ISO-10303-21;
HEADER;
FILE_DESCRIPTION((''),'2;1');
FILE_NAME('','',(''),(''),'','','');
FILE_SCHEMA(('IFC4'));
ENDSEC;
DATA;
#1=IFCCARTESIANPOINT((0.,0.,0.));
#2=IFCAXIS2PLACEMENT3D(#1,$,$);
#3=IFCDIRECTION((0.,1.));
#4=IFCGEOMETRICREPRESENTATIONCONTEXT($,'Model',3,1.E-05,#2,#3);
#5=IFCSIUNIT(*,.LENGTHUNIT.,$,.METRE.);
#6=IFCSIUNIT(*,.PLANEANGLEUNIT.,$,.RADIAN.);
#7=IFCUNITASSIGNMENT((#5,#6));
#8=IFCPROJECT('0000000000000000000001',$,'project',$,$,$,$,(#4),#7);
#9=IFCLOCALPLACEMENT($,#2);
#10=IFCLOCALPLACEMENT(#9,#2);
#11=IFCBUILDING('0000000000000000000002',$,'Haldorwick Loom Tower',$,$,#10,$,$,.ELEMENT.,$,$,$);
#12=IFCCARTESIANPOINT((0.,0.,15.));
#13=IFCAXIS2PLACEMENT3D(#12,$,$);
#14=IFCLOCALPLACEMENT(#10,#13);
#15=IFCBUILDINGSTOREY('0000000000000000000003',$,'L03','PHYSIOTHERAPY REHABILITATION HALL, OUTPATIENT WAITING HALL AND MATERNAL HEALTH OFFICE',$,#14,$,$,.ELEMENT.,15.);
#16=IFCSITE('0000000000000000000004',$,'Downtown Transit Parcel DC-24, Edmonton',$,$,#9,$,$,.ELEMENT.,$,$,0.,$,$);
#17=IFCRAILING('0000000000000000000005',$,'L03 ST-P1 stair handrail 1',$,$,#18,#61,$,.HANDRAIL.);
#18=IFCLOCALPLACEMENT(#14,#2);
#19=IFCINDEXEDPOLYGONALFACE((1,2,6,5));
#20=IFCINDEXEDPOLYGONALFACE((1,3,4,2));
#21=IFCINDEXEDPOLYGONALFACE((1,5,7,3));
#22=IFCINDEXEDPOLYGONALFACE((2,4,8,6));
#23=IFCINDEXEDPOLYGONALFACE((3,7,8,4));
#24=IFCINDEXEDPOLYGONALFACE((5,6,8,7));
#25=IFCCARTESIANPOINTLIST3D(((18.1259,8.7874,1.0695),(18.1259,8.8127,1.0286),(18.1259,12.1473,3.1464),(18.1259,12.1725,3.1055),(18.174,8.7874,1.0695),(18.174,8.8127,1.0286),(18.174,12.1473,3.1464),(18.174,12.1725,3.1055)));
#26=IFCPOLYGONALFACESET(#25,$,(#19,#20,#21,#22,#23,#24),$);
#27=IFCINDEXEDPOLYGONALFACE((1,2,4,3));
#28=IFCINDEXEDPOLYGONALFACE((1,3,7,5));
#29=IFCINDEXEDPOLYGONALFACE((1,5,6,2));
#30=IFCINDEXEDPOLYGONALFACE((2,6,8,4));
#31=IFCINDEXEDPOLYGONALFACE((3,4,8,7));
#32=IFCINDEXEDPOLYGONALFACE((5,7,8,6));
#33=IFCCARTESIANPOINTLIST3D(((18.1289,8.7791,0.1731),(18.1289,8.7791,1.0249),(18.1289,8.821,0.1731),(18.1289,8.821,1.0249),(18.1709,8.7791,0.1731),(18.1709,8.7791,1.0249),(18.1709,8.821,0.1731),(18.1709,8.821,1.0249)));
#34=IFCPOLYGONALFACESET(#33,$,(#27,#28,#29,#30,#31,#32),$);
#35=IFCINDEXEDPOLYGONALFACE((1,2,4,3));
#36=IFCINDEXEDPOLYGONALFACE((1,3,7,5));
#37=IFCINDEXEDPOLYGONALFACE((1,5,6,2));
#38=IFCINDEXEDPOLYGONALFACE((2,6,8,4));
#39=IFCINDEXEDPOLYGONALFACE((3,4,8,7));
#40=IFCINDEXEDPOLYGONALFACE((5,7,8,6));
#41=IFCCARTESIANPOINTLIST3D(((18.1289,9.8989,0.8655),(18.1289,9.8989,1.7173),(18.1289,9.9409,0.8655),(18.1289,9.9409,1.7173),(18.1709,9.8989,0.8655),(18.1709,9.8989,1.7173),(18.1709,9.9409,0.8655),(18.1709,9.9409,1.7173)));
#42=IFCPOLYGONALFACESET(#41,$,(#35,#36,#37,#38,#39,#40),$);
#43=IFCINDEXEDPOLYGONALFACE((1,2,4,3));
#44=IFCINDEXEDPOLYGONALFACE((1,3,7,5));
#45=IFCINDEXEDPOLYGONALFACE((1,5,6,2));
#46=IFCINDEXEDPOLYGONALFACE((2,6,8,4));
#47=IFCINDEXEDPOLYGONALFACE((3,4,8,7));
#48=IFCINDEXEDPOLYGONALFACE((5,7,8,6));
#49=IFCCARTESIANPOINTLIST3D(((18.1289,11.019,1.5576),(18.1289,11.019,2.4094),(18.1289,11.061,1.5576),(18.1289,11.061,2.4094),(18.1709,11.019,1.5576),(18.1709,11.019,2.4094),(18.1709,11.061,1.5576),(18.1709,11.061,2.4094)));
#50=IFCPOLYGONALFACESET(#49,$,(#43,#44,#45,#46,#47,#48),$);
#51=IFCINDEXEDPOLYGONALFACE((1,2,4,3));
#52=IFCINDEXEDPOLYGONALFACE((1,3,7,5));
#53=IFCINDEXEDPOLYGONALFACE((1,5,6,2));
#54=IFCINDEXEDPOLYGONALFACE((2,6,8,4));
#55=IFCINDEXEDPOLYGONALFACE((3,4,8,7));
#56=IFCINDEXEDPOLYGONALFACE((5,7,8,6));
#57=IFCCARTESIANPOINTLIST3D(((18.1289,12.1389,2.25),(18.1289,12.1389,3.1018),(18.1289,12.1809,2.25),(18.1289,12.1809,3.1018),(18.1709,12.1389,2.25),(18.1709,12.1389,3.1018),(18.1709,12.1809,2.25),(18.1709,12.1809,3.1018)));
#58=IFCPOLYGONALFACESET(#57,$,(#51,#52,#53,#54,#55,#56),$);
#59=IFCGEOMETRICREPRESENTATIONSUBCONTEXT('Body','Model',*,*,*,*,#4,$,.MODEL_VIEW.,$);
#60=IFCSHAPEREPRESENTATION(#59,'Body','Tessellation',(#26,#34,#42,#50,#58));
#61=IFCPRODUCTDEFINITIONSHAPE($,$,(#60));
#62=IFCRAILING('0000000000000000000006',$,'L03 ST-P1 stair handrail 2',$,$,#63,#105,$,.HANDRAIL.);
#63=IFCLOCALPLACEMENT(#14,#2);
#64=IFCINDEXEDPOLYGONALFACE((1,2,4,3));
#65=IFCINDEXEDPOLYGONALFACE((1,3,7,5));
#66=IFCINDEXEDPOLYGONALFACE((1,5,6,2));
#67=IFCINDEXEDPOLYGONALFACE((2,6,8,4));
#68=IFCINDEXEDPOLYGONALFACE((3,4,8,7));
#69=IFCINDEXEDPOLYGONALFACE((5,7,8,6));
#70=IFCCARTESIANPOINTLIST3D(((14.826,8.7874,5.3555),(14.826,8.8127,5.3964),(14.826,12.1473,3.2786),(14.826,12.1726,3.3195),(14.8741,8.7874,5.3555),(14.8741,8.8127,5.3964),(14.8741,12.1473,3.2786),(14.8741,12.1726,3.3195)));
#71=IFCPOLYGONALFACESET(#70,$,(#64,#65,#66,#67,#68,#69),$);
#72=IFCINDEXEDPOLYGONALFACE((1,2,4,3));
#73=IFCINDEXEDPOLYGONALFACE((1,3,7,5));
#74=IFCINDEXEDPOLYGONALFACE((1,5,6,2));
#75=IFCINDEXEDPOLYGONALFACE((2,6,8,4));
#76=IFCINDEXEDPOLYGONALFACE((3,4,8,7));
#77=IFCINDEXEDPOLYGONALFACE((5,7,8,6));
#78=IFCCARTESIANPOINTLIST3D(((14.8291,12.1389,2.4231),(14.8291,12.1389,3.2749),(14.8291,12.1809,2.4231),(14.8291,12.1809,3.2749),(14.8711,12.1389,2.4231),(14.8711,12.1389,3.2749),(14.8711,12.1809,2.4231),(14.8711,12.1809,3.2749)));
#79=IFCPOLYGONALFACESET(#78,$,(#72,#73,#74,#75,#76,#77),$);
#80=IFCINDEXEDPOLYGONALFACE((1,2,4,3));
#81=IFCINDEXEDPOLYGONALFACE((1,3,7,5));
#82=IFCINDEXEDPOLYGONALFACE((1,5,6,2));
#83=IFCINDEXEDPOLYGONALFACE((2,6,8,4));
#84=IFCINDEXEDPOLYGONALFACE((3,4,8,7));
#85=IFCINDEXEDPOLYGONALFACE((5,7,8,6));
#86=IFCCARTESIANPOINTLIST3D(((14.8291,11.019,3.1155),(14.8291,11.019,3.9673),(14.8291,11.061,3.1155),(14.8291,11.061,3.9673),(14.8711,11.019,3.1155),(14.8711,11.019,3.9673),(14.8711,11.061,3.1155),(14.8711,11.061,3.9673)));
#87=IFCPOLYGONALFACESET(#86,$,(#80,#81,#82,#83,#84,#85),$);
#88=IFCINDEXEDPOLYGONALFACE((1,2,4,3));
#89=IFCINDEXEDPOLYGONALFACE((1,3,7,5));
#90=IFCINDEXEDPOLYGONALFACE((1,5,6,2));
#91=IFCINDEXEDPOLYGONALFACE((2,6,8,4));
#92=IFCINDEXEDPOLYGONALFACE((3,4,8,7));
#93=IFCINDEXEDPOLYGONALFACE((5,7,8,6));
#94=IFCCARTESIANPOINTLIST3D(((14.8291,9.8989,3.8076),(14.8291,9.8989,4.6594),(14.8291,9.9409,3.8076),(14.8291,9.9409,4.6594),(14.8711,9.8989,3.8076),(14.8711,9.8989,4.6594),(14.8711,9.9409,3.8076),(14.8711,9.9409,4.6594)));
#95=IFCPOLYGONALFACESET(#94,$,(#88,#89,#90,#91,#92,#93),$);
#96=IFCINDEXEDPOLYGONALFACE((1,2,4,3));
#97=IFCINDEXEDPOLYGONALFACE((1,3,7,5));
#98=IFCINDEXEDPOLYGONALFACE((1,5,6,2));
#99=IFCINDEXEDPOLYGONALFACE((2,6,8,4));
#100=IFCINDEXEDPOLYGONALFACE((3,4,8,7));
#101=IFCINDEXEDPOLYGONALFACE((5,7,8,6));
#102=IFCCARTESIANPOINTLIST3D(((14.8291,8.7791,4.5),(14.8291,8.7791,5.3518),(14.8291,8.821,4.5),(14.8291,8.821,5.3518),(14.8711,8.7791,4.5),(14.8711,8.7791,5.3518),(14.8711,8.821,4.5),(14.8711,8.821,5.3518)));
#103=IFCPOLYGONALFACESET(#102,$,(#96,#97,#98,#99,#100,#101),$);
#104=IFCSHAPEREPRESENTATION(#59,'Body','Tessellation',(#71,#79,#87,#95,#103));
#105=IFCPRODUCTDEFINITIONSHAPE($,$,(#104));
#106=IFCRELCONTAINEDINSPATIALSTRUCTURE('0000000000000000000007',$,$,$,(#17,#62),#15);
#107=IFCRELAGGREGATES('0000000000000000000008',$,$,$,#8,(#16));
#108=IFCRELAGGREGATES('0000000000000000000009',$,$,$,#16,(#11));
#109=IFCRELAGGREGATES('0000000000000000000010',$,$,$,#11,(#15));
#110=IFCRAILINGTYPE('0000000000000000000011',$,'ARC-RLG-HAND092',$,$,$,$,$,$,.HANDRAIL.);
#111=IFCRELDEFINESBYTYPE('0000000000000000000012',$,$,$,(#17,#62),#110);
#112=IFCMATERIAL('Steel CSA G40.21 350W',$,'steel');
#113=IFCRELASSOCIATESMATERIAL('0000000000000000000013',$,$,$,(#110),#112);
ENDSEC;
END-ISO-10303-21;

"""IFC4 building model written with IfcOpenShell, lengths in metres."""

from ifc_helpers import new_model, si_unit, direction, frame, origin, origin_2d, place, context, subcontext, project, spatial, rectangle, extrude, material, type_object, element, save


model = new_model("IFC4")

# Units and contexts
model_context = context("Model", 3, precision=1e-05, world=origin(), true_north=direction((0.0, 1.0)))
body_context = subcontext(model_context, "Body", "Model", "MODEL_VIEW")
ifc_project = project(units=[si_unit("LENGTHUNIT", "METRE"), si_unit("PLANEANGLEUNIT", "RADIAN")], contexts=[model_context])

# Site, building, storey
site_placement = place(None, origin())
site = spatial("IfcSite", under=ifc_project, at=site_placement, Name="Downtown Transit Parcel DC-24, Edmonton", CompositionType="ELEMENT", RefElevation=0.0)
building_placement = place(site_placement, origin())
building = spatial("IfcBuilding", under=site, at=building_placement, Name="Haldorwick Loom Tower", CompositionType="ELEMENT")
storey_placement = place(building_placement, frame((0.0, 0.0, 15.0)))
storey = spatial("IfcBuildingStorey", under=building, at=storey_placement, Name="L03", Description="PHYSIOTHERAPY REHABILITATION HALL, OUTPATIENT WAITING HALL AND MATERNAL HEALTH OFFICE", CompositionType="ELEMENT", Elevation=15.0)

# Shared definitions
ifc_material_1 = material(Name="Steel CSA G40.21 350W", Category="steel")

# Railings
railing_type_1 = type_object("IfcRailingType", Name="ARC-RLG-HAND092", PredefinedType="HANDRAIL", material=ifc_material_1)
railing_1_placement = place(storey_placement, frame((18.1499, 8.8, 0.1731)))
element("IfcRailing", 1, at=railing_1_placement, inside=storey, type_object=railing_type_1, Name="L03 ST-P1 stair handrail 1", PredefinedType="HANDRAIL", context=body_context, shape_type="SweptSolid", body=[
    extrude(rectangle(XDim=0.0481, YDim=0.0481, at=origin_2d()), frame((0.0, 0.0, 0.876), z_axis=(0.0, 0.850606, 0.525803), x_axis=(-1.0, 0.0, 0.0)), (0.0, 0.0, 1.0), 3.95),
    extrude(rectangle(XDim=0.042, YDim=0.042, at=origin_2d()), origin(), (0.0, 0.0, 1.0), 0.8518),
    extrude(rectangle(XDim=0.042, YDim=0.042, at=origin_2d()), frame((0.0, 1.1199, 0.6924)), (0.0, 0.0, 1.0), 0.8518),
    extrude(rectangle(XDim=0.042, YDim=0.042, at=origin_2d()), frame((0.0, 2.24, 1.3845)), (0.0, 0.0, 1.0), 0.8518),
    extrude(rectangle(XDim=0.042, YDim=0.042, at=origin_2d()), frame((0.0, 3.3599, 2.0769)), (0.0, 0.0, 1.0), 0.8518),
])
railing_2_placement = place(storey_placement, frame((14.8501, 12.1599, 2.4231)))
element("IfcRailing", 2, at=railing_2_placement, inside=storey, type_object=railing_type_1, Name="L03 ST-P1 stair handrail 2", PredefinedType="HANDRAIL", context=body_context, shape_type="SweptSolid", body=[
    extrude(rectangle(XDim=0.0481, YDim=0.0481, at=origin_2d()), frame((0.0, 0.0, 0.876), z_axis=(0.0, -0.850606, 0.525803), x_axis=(1.0, 0.0, 0.0)), (0.0, 0.0, 1.0), 3.95),
    extrude(rectangle(XDim=0.042, YDim=0.042, at=origin_2d()), origin(), (0.0, 0.0, 1.0), 0.8518),
    extrude(rectangle(XDim=0.042, YDim=0.042, at=origin_2d()), frame((0.0, -1.1199, 0.6924)), (0.0, 0.0, 1.0), 0.8518),
    extrude(rectangle(XDim=0.042, YDim=0.042, at=origin_2d()), frame((0.0, -2.24, 1.3845)), (0.0, 0.0, 1.0), 0.8518),
    extrude(rectangle(XDim=0.042, YDim=0.042, at=origin_2d()), frame((0.0, -3.3599, 2.0769)), (0.0, 0.0, 1.0), 0.8518),
])

save(model, "model.ifc")
